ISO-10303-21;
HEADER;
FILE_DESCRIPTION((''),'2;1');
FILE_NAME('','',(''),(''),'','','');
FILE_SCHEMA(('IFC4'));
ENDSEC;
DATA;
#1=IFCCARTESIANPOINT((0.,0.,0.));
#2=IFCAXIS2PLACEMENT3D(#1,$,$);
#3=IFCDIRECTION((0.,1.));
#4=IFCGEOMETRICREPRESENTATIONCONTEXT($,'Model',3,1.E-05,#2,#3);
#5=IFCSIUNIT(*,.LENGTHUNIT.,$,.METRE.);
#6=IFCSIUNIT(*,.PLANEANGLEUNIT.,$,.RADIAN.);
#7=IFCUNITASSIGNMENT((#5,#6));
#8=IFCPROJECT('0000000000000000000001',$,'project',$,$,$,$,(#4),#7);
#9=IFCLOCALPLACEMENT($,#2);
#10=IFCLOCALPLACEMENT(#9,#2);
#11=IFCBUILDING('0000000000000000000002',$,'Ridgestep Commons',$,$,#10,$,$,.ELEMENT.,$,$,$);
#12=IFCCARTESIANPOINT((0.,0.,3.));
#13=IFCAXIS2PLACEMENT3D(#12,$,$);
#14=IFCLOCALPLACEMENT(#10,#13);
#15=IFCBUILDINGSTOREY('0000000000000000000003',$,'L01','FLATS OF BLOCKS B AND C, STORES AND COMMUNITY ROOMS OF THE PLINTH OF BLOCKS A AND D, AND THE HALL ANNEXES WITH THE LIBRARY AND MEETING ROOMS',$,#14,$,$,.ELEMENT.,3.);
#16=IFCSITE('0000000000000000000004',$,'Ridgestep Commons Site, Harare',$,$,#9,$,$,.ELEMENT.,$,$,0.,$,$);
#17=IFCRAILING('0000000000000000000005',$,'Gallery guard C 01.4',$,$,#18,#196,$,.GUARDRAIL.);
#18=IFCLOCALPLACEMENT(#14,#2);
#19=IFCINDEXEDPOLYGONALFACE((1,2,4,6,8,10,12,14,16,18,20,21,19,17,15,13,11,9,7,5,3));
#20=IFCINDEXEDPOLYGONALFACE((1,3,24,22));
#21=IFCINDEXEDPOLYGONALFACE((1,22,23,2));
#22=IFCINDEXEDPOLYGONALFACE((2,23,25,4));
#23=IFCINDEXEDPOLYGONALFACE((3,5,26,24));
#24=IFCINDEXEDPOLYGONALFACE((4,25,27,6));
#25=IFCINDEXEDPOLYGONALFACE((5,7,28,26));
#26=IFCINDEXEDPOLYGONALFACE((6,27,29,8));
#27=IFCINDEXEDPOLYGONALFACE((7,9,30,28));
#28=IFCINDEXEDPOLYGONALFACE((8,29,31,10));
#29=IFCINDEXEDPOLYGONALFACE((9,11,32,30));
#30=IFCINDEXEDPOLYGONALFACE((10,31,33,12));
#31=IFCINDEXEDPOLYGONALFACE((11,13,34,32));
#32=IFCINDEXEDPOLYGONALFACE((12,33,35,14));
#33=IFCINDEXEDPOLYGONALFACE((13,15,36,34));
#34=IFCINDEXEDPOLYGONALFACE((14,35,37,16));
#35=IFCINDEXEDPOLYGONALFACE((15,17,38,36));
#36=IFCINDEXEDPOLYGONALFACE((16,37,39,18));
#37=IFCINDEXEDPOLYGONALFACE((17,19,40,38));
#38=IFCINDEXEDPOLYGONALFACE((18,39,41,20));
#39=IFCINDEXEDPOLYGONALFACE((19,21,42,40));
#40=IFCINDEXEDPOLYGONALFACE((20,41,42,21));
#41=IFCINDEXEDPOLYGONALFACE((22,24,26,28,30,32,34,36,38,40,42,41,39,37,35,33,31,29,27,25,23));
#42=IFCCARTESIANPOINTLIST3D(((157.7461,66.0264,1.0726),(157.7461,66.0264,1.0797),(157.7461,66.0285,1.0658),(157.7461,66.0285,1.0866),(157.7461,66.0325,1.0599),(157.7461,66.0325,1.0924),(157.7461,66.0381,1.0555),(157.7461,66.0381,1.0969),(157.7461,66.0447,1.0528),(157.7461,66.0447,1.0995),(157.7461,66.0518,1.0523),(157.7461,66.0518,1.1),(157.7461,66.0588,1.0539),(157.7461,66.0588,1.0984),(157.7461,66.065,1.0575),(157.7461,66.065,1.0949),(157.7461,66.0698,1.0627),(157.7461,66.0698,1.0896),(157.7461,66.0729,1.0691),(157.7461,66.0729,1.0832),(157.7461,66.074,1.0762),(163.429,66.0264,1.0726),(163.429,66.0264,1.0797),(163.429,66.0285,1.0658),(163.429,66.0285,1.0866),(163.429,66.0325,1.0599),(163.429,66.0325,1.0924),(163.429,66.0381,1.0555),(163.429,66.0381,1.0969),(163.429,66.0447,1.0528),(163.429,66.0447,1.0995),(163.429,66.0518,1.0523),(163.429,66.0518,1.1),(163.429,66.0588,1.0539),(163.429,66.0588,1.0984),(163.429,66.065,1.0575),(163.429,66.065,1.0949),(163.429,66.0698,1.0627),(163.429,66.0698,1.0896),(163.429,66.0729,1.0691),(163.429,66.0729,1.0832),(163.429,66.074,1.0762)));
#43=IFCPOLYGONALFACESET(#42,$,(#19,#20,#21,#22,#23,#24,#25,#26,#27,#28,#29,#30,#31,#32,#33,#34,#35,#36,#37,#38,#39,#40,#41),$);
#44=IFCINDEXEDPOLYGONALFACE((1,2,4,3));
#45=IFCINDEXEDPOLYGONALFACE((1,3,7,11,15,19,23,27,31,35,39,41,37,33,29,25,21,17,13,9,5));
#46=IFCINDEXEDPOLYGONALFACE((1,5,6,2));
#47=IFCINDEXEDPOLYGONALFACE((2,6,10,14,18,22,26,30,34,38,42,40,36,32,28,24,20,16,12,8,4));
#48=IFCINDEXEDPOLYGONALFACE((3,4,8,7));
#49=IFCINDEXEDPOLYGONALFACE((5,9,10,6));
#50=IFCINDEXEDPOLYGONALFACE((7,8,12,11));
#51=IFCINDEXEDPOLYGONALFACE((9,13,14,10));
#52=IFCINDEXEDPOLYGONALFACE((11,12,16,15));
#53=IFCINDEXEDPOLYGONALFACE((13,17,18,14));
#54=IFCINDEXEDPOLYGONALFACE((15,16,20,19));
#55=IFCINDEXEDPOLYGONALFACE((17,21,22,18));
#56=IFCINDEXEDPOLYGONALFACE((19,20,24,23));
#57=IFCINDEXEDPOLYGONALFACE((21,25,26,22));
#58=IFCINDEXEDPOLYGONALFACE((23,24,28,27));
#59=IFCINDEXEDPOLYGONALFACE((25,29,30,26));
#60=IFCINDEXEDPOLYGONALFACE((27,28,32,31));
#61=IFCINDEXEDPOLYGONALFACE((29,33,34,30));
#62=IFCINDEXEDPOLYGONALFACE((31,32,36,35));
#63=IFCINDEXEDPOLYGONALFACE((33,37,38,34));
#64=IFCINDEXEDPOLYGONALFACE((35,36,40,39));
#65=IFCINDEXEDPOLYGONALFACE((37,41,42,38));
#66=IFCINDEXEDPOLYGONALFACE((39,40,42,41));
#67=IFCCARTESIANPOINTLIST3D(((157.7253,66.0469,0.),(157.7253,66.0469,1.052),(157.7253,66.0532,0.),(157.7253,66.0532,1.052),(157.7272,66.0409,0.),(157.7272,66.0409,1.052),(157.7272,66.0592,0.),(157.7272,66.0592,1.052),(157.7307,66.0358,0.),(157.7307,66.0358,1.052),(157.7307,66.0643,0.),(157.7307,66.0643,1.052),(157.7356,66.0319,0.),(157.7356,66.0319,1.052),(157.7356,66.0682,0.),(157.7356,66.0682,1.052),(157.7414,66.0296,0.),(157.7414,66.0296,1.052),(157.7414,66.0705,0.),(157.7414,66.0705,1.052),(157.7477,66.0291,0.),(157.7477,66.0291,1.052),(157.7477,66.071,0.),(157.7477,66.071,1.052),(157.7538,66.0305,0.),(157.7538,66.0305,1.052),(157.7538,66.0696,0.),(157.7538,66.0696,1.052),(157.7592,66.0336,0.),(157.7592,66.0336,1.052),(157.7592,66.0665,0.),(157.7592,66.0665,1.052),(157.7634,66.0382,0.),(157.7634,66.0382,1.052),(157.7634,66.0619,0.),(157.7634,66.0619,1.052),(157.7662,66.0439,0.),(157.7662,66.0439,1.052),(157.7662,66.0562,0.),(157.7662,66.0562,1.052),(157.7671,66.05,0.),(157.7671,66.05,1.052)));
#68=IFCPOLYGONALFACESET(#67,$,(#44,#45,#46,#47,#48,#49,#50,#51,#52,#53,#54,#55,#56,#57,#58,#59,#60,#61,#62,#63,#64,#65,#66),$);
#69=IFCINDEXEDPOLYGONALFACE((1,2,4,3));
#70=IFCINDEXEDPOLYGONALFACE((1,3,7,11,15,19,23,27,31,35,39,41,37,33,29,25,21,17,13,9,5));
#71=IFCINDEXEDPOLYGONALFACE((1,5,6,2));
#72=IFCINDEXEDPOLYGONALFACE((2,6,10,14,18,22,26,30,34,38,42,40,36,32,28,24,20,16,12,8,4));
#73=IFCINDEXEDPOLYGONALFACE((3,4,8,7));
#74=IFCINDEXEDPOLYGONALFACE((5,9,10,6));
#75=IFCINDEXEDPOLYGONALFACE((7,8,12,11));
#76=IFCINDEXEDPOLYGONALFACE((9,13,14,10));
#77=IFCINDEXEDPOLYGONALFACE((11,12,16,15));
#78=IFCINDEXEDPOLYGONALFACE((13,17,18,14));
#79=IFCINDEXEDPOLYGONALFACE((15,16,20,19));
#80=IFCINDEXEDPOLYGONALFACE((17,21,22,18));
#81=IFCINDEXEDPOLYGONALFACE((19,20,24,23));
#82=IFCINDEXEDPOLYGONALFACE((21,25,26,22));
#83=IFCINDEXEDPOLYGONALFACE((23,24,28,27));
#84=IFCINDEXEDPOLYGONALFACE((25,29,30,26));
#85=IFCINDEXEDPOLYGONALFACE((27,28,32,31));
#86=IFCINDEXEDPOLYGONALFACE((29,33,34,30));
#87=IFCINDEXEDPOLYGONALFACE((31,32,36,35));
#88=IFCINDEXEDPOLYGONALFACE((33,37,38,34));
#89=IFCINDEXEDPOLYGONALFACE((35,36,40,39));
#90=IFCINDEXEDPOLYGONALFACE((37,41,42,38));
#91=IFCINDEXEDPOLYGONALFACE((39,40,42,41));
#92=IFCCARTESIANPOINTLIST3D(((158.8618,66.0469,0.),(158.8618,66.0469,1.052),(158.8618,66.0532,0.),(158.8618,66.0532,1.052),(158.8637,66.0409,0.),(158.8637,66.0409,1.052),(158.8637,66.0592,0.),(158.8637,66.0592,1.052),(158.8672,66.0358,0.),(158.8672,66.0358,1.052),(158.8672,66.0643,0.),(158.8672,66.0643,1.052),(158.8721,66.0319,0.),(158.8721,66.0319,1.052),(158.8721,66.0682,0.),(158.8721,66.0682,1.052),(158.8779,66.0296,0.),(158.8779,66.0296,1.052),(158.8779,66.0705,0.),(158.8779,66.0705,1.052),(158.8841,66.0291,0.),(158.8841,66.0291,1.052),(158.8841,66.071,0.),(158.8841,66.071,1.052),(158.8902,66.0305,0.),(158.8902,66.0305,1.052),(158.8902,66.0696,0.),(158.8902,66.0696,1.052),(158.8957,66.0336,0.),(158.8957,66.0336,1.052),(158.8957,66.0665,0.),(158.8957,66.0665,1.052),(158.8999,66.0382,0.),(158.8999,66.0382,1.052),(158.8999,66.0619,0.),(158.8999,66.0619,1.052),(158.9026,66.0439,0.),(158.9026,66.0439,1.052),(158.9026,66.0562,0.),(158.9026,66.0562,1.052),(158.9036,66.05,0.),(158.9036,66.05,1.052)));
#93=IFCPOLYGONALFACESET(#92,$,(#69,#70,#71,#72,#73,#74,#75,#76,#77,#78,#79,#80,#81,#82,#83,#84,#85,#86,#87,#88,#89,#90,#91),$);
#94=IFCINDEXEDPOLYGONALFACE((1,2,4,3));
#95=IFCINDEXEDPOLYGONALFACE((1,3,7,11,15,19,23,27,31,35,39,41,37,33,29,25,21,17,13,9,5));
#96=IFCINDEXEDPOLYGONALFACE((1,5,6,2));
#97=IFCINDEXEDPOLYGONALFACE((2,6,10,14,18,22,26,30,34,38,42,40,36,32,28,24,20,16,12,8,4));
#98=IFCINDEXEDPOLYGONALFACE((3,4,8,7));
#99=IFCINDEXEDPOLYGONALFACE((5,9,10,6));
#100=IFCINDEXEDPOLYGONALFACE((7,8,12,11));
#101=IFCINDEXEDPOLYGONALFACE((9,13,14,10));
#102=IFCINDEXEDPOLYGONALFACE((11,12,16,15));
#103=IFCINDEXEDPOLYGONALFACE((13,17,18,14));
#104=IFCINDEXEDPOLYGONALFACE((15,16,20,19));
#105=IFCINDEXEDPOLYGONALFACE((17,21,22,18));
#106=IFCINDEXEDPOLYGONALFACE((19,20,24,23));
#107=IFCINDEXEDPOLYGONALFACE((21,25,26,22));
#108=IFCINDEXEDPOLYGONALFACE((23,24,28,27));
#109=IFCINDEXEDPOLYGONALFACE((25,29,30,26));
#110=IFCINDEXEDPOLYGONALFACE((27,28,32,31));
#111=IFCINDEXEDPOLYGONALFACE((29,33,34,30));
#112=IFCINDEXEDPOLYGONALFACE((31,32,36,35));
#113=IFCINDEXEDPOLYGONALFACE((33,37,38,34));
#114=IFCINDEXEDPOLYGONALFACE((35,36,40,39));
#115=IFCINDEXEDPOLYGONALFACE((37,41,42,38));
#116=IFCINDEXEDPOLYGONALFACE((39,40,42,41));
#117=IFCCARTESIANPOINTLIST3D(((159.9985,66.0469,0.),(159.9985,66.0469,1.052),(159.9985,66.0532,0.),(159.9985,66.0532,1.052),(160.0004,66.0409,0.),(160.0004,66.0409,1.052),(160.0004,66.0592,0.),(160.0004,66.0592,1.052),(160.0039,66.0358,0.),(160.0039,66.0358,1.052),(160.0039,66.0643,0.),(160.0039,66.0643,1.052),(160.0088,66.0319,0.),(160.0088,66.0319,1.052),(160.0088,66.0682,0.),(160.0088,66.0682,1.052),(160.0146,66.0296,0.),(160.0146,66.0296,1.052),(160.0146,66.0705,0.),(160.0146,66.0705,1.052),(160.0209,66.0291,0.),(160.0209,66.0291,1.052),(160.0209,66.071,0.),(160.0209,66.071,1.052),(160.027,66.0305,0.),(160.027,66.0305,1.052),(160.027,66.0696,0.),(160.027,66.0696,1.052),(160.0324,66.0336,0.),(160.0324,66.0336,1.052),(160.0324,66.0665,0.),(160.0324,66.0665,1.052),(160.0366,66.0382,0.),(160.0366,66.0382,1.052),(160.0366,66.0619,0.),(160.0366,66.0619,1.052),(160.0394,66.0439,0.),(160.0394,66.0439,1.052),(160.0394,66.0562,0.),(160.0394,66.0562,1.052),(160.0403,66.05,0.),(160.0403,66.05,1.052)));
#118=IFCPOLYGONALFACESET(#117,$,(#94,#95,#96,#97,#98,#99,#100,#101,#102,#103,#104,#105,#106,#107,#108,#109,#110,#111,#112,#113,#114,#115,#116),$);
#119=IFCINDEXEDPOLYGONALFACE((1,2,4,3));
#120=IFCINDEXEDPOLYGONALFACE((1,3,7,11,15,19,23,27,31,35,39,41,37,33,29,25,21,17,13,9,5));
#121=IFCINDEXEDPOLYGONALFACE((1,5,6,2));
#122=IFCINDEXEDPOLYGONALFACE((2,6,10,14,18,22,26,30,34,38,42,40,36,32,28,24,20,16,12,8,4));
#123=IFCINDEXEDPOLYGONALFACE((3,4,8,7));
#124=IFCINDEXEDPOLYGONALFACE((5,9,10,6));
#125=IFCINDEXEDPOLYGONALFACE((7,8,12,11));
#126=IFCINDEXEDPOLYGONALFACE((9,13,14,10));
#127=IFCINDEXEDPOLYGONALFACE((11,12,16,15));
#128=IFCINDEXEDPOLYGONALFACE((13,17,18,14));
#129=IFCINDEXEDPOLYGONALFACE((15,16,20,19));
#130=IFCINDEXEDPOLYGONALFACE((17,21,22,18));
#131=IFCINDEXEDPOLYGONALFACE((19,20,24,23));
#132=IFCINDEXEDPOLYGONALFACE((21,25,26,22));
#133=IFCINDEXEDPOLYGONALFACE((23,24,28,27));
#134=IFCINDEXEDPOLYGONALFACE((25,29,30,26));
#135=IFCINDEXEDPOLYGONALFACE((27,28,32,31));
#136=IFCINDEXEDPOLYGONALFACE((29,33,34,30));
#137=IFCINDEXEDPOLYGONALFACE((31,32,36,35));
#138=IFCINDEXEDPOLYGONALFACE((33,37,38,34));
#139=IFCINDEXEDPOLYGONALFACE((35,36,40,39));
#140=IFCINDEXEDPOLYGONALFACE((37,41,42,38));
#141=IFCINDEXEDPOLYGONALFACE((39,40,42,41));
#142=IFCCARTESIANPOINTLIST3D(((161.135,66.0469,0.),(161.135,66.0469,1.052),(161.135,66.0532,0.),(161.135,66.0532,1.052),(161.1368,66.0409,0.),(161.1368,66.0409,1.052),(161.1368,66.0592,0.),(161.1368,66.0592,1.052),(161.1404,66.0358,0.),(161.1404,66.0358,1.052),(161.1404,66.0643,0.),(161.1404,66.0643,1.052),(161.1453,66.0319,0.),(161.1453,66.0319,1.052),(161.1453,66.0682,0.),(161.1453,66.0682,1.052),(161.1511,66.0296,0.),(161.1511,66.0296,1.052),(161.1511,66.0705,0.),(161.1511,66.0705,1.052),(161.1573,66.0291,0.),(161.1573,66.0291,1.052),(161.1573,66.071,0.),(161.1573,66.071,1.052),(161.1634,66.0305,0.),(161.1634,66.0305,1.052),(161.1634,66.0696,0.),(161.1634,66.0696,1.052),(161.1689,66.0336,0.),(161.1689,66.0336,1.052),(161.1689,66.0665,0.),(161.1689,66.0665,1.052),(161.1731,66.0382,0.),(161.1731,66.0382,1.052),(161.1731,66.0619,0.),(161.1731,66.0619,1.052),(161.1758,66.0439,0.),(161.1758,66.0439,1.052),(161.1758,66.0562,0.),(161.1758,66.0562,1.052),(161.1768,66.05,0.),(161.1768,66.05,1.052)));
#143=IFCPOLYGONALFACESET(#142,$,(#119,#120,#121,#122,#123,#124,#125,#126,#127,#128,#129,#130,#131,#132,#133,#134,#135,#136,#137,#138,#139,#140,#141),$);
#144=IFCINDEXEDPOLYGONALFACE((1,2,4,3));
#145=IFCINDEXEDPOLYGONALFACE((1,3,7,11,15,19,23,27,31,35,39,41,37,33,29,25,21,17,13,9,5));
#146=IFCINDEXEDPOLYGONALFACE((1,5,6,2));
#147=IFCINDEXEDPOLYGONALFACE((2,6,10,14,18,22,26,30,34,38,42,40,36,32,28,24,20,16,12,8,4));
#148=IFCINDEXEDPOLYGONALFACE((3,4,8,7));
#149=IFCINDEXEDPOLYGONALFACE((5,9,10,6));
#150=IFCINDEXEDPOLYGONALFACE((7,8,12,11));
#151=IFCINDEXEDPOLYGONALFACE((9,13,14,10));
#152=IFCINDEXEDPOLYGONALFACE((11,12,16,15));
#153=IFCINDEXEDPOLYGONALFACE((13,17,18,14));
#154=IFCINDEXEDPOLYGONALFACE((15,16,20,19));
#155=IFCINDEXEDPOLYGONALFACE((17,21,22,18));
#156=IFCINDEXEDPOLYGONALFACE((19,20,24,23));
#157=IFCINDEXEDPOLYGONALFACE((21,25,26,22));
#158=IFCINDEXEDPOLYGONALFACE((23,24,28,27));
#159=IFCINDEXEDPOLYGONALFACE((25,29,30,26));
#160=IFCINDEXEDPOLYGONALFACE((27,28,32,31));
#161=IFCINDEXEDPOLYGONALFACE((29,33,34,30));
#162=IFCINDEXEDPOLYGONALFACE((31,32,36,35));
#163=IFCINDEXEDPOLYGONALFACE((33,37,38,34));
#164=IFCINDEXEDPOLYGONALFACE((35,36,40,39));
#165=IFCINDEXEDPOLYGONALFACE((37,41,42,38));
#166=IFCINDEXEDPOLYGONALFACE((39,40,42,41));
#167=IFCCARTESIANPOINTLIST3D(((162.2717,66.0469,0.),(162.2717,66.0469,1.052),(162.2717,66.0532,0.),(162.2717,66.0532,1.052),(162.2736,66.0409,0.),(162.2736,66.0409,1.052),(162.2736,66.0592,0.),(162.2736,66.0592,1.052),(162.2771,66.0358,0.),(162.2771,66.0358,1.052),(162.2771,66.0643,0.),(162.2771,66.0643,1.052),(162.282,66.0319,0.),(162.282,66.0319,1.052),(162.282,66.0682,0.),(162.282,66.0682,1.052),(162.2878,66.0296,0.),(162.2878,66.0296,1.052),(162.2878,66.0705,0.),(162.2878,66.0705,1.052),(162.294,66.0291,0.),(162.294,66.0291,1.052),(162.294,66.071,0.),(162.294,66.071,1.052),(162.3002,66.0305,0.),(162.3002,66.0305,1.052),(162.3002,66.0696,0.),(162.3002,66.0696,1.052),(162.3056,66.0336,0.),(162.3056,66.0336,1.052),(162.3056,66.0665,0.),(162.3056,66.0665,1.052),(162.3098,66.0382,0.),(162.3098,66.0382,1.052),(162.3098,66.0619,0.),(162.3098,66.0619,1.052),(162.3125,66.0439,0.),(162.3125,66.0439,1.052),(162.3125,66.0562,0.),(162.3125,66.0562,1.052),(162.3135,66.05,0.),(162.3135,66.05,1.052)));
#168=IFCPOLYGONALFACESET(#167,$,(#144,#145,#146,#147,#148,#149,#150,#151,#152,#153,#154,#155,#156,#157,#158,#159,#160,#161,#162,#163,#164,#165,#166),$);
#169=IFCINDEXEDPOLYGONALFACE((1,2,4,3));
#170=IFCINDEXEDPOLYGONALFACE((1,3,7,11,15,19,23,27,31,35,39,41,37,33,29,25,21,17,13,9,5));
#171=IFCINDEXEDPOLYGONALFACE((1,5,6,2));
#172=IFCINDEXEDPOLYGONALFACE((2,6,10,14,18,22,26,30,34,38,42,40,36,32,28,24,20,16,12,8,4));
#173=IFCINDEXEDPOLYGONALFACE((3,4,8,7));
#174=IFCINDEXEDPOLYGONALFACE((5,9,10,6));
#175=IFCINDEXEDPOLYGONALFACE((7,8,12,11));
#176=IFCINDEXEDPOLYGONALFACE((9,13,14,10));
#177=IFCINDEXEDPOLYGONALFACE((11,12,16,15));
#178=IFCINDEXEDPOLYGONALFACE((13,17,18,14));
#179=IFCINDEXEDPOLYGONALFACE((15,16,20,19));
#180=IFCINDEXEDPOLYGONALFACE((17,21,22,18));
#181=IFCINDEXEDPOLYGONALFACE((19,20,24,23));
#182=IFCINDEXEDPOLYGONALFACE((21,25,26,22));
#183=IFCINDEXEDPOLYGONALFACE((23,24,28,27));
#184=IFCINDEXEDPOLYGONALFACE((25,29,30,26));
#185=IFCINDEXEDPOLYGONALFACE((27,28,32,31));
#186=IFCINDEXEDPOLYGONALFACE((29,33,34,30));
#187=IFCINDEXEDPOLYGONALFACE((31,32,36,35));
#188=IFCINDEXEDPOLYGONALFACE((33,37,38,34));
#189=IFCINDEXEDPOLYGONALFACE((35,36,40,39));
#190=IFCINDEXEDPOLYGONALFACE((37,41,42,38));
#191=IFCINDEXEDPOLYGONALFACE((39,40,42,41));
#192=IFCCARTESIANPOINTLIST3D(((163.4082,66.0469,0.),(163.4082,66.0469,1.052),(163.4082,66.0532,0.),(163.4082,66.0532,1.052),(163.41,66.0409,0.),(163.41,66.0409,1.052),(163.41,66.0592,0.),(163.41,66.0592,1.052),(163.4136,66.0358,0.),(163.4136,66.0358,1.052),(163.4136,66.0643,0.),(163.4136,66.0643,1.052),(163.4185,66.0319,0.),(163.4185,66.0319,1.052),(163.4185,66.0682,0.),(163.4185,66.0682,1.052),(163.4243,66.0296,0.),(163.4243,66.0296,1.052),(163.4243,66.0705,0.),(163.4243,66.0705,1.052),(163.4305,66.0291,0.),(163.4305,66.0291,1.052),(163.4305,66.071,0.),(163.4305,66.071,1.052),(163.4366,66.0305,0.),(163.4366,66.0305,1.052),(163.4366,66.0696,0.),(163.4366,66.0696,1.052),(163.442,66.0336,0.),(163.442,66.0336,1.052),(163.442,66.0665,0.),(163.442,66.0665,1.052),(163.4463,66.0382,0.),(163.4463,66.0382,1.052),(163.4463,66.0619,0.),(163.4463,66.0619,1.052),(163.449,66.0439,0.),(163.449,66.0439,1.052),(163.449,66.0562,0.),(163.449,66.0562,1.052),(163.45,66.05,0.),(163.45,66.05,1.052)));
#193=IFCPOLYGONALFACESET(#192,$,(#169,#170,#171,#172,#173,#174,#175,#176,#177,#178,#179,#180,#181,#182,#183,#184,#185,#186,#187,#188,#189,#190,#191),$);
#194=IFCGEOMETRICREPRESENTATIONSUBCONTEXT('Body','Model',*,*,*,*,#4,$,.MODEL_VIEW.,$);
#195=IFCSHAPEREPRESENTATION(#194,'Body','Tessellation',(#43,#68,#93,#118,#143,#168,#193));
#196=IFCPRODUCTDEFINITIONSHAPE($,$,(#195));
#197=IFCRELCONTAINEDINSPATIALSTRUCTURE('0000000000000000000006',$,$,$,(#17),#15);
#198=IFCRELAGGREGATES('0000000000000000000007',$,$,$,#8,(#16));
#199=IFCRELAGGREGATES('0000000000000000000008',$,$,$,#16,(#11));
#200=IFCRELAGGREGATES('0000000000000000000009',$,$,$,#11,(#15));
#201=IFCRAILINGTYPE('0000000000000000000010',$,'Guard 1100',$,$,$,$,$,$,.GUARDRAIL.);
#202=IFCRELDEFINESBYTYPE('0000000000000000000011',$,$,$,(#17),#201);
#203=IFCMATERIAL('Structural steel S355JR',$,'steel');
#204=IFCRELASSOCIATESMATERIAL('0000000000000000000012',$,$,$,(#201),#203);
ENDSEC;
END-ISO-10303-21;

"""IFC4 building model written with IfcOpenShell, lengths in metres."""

from ifc_helpers import new_model, si_unit, direction, frame, origin, origin_2d, place, context, subcontext, project, spatial, circle, extrude, material, type_object, element, save


model = new_model("IFC4")

# Units and contexts
model_context = context("Model", 3, precision=1e-05, world=origin(), true_north=direction((0.0, 1.0)))
body_context = subcontext(model_context, "Body", "Model", "MODEL_VIEW")
ifc_project = project(units=[si_unit("LENGTHUNIT", "METRE"), si_unit("PLANEANGLEUNIT", "RADIAN")], contexts=[model_context])

# Site, building, storey
site_placement = place(None, origin())
site = spatial("IfcSite", under=ifc_project, at=site_placement, Name="Ridgestep Commons Site, Harare", CompositionType="ELEMENT", RefElevation=0.0)
building_placement = place(site_placement, origin())
building = spatial("IfcBuilding", under=site, at=building_placement, Name="Ridgestep Commons", CompositionType="ELEMENT")
storey_placement = place(building_placement, frame((0.0, 0.0, 3.0)))
storey = spatial("IfcBuildingStorey", under=building, at=storey_placement, Name="L01", Description="FLATS OF BLOCKS B AND C, STORES AND COMMUNITY ROOMS OF THE PLINTH OF BLOCKS A AND D, AND THE HALL ANNEXES WITH THE LIBRARY AND MEETING ROOMS", CompositionType="ELEMENT", Elevation=3.0)

# Railing
ifc_material_1 = material(Name="Structural steel S355JR", Category="steel")
railing_type_1 = type_object("IfcRailingType", Name="Guard 1100", PredefinedType="GUARDRAIL", material=ifc_material_1)
railing_1_placement = place(storey_placement, frame((157.7461, 66.05, 0.0)))
element("IfcRailing", 1, at=railing_1_placement, inside=storey, type_object=railing_type_1, Name="Gallery guard C 01.4", PredefinedType="GUARDRAIL", context=body_context, shape_type="SweptSolid", body=[
    extrude(circle(Radius=0.0239, at=origin_2d()), frame((0.0, 0.0, 1.0762), z_axis=(1.0, 0.0, 0.0), x_axis=(0.0, 1.0, 0.0)), (0.0, 0.0, 1.0), 5.6829),
    extrude(circle(Radius=0.021, at=origin_2d()), origin(), (0.0, 0.0, 1.0), 1.052),
    extrude(circle(Radius=0.021, at=origin_2d()), frame((1.1365, 0.0, 0.0)), (0.0, 0.0, 1.0), 1.052),
    extrude(circle(Radius=0.021, at=origin_2d()), frame((2.2732, 0.0, 0.0)), (0.0, 0.0, 1.0), 1.052),
    extrude(circle(Radius=0.021, at=origin_2d()), frame((3.4097, 0.0, 0.0)), (0.0, 0.0, 1.0), 1.052),
    extrude(circle(Radius=0.021, at=origin_2d()), frame((4.5464, 0.0, 0.0)), (0.0, 0.0, 1.0), 1.052),
    extrude(circle(Radius=0.021, at=origin_2d()), frame((5.6829, 0.0, 0.0)), (0.0, 0.0, 1.0), 1.052),
])

save(model, "model.ifc")
